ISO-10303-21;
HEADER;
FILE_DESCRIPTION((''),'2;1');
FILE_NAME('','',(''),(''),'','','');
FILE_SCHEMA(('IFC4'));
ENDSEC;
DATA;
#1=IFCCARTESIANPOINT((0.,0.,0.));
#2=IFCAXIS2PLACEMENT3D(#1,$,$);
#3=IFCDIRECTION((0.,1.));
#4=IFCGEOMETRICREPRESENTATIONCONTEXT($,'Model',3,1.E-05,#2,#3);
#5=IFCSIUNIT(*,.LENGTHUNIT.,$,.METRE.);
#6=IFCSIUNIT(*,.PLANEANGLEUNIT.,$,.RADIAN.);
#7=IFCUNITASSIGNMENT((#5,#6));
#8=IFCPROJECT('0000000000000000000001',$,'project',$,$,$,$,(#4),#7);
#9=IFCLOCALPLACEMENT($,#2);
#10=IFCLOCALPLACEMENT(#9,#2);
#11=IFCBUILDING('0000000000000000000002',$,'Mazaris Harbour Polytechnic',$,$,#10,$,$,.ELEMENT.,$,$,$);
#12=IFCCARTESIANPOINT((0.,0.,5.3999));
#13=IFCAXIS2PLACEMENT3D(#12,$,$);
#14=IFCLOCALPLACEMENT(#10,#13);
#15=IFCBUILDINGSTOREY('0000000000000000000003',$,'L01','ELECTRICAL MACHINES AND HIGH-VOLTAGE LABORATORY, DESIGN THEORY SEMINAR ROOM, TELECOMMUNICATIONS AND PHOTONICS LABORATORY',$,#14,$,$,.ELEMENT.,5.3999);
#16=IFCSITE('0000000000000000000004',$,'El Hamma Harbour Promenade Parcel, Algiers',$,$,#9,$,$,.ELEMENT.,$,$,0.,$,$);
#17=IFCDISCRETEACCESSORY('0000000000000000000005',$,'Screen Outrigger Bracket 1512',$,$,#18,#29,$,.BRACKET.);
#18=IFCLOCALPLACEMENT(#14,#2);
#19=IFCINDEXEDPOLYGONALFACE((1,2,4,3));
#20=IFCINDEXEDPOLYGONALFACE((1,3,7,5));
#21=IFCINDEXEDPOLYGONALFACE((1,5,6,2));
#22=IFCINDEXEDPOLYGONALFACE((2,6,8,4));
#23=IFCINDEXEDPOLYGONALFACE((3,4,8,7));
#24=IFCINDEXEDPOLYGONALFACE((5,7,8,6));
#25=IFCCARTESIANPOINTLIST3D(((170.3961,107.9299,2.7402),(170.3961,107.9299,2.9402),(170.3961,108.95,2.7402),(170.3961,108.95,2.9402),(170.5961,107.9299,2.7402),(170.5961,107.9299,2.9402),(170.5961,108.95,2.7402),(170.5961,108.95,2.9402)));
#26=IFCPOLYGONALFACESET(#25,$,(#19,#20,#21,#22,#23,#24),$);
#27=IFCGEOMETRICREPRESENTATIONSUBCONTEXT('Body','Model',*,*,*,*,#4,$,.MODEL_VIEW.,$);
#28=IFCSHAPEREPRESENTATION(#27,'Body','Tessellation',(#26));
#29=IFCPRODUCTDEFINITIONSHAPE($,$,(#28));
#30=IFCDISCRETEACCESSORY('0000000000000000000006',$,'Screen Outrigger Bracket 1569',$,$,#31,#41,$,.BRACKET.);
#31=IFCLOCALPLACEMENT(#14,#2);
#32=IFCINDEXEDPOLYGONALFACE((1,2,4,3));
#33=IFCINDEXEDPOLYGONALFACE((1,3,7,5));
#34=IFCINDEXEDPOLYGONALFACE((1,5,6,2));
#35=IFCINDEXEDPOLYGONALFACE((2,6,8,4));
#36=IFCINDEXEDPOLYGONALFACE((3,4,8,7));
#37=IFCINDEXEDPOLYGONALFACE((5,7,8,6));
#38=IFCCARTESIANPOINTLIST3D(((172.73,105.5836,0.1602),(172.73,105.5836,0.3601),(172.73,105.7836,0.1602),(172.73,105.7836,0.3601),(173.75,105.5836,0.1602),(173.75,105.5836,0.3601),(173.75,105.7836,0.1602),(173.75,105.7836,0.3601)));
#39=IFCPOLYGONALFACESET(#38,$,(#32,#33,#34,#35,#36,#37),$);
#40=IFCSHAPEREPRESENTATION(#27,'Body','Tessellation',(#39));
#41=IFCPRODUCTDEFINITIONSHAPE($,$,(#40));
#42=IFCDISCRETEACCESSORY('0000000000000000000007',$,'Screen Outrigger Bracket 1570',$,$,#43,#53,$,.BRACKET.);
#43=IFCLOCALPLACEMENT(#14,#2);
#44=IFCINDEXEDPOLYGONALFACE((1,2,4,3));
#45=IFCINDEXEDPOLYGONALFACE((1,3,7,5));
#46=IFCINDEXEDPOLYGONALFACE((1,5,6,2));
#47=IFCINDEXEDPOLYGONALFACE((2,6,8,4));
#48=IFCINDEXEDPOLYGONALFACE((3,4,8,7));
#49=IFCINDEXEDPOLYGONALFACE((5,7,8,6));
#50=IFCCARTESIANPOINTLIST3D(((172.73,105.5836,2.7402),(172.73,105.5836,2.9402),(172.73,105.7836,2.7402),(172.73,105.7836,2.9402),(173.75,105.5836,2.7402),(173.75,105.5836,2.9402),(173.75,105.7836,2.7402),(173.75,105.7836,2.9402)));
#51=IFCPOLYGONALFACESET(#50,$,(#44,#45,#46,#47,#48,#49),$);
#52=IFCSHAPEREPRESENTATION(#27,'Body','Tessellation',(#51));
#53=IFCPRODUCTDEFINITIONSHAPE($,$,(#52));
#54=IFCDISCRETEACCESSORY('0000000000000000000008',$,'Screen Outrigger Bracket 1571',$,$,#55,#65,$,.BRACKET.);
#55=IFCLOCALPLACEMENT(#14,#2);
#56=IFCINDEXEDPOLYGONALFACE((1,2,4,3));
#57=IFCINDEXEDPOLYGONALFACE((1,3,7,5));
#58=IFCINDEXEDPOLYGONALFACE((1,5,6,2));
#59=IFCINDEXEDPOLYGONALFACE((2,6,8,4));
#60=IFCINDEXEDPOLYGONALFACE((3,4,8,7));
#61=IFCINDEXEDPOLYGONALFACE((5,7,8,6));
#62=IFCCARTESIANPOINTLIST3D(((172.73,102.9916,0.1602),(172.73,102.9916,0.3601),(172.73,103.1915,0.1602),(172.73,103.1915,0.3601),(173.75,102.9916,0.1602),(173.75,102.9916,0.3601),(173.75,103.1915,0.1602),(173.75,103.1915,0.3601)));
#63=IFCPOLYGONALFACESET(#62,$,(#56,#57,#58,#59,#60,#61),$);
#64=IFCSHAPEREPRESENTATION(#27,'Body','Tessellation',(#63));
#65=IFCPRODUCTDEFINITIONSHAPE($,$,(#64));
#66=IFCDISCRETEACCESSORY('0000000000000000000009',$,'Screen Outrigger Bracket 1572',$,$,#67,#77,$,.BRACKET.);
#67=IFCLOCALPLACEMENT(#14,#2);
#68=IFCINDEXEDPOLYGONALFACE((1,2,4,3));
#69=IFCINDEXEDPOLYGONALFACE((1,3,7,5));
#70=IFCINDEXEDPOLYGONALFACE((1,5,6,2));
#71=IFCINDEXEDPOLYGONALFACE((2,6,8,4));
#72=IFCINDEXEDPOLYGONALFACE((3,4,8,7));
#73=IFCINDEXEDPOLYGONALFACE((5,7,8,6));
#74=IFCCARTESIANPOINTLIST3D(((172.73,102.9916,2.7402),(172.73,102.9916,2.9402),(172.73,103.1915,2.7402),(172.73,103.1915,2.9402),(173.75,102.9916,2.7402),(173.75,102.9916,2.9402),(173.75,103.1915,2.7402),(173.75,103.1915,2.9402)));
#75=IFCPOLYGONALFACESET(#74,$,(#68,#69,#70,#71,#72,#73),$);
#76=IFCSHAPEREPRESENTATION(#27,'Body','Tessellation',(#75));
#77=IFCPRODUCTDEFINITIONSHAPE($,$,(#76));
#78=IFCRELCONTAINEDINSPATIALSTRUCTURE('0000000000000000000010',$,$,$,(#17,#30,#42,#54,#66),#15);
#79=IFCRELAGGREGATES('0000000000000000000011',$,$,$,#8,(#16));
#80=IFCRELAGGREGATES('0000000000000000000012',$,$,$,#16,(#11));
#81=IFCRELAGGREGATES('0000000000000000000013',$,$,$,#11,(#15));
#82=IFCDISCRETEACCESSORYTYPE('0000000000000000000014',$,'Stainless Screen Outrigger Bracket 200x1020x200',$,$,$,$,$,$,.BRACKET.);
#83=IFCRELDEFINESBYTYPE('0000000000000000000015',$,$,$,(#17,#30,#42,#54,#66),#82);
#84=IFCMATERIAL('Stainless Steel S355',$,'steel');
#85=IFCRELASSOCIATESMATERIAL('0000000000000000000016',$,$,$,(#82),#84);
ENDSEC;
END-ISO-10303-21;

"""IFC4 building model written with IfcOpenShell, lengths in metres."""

from ifc_helpers import new_model, si_unit, direction, frame, origin, origin_2d, place, context, subcontext, project, spatial, rectangle, extrude, material, type_object, element, save


model = new_model("IFC4")

# Units and contexts
model_context = context("Model", 3, precision=1e-05, world=origin(), true_north=direction((0.0, 1.0)))
body_context = subcontext(model_context, "Body", "Model", "MODEL_VIEW")
ifc_project = project(units=[si_unit("LENGTHUNIT", "METRE"), si_unit("PLANEANGLEUNIT", "RADIAN")], contexts=[model_context])

# Site, building, storey
site_placement = place(None, origin())
site = spatial("IfcSite", under=ifc_project, at=site_placement, Name="El Hamma Harbour Promenade Parcel, Algiers", CompositionType="ELEMENT", RefElevation=0.0)
building_placement = place(site_placement, origin())
building = spatial("IfcBuilding", under=site, at=building_placement, Name="Mazaris Harbour Polytechnic", CompositionType="ELEMENT")
storey_placement = place(building_placement, frame((0.0, 0.0, 5.3999)))
storey = spatial("IfcBuildingStorey", under=building, at=storey_placement, Name="L01", Description="ELECTRICAL MACHINES AND HIGH-VOLTAGE LABORATORY, DESIGN THEORY SEMINAR ROOM, TELECOMMUNICATIONS AND PHOTONICS LABORATORY", CompositionType="ELEMENT", Elevation=5.3999)

# Discrete accessories
ifc_material_1 = material(Name="Stainless Steel S355", Category="steel")
discrete_accessory_type = type_object("IfcDiscreteAccessoryType", Name="Stainless Screen Outrigger Bracket 200x1020x200", PredefinedType="BRACKET", material=ifc_material_1)
for number, where, z_axis, x_axis, name in (
    (1, (170.4961, 108.4399, 2.7402), (0.0, 0.0, 1.0), (1.0, 0.0, 0.0), "Screen Outrigger Bracket 1512"),
    (2, (173.24, 105.6836, 0.1602), (0.0, 0.0, 1.0), (0.0, -1.0, 0.0), "Screen Outrigger Bracket 1569"),
    (3, (173.24, 105.6836, 2.7402), (0.0, 0.0, 1.0), (0.0, -1.0, 0.0), "Screen Outrigger Bracket 1570"),
    (4, (173.24, 103.0916, 0.1602), (0.0, 0.0, 1.0), (0.0, -1.0, 0.0), "Screen Outrigger Bracket 1571"),
    (5, (173.24, 103.0916, 2.7402), (0.0, 0.0, 1.0), (0.0, -1.0, 0.0), "Screen Outrigger Bracket 1572"),
):
    element("IfcDiscreteAccessory", number, at=place(storey_placement, frame(where, z_axis=z_axis, x_axis=x_axis)), inside=storey, type_object=discrete_accessory_type, Name=name, PredefinedType="BRACKET", context=body_context, shape_type="SweptSolid", body=[
        extrude(rectangle(XDim=0.2, YDim=1.02, at=origin_2d()), origin(), (0.0, 0.0, 1.0), 0.2),
    ])

save(model, "model.ifc")
